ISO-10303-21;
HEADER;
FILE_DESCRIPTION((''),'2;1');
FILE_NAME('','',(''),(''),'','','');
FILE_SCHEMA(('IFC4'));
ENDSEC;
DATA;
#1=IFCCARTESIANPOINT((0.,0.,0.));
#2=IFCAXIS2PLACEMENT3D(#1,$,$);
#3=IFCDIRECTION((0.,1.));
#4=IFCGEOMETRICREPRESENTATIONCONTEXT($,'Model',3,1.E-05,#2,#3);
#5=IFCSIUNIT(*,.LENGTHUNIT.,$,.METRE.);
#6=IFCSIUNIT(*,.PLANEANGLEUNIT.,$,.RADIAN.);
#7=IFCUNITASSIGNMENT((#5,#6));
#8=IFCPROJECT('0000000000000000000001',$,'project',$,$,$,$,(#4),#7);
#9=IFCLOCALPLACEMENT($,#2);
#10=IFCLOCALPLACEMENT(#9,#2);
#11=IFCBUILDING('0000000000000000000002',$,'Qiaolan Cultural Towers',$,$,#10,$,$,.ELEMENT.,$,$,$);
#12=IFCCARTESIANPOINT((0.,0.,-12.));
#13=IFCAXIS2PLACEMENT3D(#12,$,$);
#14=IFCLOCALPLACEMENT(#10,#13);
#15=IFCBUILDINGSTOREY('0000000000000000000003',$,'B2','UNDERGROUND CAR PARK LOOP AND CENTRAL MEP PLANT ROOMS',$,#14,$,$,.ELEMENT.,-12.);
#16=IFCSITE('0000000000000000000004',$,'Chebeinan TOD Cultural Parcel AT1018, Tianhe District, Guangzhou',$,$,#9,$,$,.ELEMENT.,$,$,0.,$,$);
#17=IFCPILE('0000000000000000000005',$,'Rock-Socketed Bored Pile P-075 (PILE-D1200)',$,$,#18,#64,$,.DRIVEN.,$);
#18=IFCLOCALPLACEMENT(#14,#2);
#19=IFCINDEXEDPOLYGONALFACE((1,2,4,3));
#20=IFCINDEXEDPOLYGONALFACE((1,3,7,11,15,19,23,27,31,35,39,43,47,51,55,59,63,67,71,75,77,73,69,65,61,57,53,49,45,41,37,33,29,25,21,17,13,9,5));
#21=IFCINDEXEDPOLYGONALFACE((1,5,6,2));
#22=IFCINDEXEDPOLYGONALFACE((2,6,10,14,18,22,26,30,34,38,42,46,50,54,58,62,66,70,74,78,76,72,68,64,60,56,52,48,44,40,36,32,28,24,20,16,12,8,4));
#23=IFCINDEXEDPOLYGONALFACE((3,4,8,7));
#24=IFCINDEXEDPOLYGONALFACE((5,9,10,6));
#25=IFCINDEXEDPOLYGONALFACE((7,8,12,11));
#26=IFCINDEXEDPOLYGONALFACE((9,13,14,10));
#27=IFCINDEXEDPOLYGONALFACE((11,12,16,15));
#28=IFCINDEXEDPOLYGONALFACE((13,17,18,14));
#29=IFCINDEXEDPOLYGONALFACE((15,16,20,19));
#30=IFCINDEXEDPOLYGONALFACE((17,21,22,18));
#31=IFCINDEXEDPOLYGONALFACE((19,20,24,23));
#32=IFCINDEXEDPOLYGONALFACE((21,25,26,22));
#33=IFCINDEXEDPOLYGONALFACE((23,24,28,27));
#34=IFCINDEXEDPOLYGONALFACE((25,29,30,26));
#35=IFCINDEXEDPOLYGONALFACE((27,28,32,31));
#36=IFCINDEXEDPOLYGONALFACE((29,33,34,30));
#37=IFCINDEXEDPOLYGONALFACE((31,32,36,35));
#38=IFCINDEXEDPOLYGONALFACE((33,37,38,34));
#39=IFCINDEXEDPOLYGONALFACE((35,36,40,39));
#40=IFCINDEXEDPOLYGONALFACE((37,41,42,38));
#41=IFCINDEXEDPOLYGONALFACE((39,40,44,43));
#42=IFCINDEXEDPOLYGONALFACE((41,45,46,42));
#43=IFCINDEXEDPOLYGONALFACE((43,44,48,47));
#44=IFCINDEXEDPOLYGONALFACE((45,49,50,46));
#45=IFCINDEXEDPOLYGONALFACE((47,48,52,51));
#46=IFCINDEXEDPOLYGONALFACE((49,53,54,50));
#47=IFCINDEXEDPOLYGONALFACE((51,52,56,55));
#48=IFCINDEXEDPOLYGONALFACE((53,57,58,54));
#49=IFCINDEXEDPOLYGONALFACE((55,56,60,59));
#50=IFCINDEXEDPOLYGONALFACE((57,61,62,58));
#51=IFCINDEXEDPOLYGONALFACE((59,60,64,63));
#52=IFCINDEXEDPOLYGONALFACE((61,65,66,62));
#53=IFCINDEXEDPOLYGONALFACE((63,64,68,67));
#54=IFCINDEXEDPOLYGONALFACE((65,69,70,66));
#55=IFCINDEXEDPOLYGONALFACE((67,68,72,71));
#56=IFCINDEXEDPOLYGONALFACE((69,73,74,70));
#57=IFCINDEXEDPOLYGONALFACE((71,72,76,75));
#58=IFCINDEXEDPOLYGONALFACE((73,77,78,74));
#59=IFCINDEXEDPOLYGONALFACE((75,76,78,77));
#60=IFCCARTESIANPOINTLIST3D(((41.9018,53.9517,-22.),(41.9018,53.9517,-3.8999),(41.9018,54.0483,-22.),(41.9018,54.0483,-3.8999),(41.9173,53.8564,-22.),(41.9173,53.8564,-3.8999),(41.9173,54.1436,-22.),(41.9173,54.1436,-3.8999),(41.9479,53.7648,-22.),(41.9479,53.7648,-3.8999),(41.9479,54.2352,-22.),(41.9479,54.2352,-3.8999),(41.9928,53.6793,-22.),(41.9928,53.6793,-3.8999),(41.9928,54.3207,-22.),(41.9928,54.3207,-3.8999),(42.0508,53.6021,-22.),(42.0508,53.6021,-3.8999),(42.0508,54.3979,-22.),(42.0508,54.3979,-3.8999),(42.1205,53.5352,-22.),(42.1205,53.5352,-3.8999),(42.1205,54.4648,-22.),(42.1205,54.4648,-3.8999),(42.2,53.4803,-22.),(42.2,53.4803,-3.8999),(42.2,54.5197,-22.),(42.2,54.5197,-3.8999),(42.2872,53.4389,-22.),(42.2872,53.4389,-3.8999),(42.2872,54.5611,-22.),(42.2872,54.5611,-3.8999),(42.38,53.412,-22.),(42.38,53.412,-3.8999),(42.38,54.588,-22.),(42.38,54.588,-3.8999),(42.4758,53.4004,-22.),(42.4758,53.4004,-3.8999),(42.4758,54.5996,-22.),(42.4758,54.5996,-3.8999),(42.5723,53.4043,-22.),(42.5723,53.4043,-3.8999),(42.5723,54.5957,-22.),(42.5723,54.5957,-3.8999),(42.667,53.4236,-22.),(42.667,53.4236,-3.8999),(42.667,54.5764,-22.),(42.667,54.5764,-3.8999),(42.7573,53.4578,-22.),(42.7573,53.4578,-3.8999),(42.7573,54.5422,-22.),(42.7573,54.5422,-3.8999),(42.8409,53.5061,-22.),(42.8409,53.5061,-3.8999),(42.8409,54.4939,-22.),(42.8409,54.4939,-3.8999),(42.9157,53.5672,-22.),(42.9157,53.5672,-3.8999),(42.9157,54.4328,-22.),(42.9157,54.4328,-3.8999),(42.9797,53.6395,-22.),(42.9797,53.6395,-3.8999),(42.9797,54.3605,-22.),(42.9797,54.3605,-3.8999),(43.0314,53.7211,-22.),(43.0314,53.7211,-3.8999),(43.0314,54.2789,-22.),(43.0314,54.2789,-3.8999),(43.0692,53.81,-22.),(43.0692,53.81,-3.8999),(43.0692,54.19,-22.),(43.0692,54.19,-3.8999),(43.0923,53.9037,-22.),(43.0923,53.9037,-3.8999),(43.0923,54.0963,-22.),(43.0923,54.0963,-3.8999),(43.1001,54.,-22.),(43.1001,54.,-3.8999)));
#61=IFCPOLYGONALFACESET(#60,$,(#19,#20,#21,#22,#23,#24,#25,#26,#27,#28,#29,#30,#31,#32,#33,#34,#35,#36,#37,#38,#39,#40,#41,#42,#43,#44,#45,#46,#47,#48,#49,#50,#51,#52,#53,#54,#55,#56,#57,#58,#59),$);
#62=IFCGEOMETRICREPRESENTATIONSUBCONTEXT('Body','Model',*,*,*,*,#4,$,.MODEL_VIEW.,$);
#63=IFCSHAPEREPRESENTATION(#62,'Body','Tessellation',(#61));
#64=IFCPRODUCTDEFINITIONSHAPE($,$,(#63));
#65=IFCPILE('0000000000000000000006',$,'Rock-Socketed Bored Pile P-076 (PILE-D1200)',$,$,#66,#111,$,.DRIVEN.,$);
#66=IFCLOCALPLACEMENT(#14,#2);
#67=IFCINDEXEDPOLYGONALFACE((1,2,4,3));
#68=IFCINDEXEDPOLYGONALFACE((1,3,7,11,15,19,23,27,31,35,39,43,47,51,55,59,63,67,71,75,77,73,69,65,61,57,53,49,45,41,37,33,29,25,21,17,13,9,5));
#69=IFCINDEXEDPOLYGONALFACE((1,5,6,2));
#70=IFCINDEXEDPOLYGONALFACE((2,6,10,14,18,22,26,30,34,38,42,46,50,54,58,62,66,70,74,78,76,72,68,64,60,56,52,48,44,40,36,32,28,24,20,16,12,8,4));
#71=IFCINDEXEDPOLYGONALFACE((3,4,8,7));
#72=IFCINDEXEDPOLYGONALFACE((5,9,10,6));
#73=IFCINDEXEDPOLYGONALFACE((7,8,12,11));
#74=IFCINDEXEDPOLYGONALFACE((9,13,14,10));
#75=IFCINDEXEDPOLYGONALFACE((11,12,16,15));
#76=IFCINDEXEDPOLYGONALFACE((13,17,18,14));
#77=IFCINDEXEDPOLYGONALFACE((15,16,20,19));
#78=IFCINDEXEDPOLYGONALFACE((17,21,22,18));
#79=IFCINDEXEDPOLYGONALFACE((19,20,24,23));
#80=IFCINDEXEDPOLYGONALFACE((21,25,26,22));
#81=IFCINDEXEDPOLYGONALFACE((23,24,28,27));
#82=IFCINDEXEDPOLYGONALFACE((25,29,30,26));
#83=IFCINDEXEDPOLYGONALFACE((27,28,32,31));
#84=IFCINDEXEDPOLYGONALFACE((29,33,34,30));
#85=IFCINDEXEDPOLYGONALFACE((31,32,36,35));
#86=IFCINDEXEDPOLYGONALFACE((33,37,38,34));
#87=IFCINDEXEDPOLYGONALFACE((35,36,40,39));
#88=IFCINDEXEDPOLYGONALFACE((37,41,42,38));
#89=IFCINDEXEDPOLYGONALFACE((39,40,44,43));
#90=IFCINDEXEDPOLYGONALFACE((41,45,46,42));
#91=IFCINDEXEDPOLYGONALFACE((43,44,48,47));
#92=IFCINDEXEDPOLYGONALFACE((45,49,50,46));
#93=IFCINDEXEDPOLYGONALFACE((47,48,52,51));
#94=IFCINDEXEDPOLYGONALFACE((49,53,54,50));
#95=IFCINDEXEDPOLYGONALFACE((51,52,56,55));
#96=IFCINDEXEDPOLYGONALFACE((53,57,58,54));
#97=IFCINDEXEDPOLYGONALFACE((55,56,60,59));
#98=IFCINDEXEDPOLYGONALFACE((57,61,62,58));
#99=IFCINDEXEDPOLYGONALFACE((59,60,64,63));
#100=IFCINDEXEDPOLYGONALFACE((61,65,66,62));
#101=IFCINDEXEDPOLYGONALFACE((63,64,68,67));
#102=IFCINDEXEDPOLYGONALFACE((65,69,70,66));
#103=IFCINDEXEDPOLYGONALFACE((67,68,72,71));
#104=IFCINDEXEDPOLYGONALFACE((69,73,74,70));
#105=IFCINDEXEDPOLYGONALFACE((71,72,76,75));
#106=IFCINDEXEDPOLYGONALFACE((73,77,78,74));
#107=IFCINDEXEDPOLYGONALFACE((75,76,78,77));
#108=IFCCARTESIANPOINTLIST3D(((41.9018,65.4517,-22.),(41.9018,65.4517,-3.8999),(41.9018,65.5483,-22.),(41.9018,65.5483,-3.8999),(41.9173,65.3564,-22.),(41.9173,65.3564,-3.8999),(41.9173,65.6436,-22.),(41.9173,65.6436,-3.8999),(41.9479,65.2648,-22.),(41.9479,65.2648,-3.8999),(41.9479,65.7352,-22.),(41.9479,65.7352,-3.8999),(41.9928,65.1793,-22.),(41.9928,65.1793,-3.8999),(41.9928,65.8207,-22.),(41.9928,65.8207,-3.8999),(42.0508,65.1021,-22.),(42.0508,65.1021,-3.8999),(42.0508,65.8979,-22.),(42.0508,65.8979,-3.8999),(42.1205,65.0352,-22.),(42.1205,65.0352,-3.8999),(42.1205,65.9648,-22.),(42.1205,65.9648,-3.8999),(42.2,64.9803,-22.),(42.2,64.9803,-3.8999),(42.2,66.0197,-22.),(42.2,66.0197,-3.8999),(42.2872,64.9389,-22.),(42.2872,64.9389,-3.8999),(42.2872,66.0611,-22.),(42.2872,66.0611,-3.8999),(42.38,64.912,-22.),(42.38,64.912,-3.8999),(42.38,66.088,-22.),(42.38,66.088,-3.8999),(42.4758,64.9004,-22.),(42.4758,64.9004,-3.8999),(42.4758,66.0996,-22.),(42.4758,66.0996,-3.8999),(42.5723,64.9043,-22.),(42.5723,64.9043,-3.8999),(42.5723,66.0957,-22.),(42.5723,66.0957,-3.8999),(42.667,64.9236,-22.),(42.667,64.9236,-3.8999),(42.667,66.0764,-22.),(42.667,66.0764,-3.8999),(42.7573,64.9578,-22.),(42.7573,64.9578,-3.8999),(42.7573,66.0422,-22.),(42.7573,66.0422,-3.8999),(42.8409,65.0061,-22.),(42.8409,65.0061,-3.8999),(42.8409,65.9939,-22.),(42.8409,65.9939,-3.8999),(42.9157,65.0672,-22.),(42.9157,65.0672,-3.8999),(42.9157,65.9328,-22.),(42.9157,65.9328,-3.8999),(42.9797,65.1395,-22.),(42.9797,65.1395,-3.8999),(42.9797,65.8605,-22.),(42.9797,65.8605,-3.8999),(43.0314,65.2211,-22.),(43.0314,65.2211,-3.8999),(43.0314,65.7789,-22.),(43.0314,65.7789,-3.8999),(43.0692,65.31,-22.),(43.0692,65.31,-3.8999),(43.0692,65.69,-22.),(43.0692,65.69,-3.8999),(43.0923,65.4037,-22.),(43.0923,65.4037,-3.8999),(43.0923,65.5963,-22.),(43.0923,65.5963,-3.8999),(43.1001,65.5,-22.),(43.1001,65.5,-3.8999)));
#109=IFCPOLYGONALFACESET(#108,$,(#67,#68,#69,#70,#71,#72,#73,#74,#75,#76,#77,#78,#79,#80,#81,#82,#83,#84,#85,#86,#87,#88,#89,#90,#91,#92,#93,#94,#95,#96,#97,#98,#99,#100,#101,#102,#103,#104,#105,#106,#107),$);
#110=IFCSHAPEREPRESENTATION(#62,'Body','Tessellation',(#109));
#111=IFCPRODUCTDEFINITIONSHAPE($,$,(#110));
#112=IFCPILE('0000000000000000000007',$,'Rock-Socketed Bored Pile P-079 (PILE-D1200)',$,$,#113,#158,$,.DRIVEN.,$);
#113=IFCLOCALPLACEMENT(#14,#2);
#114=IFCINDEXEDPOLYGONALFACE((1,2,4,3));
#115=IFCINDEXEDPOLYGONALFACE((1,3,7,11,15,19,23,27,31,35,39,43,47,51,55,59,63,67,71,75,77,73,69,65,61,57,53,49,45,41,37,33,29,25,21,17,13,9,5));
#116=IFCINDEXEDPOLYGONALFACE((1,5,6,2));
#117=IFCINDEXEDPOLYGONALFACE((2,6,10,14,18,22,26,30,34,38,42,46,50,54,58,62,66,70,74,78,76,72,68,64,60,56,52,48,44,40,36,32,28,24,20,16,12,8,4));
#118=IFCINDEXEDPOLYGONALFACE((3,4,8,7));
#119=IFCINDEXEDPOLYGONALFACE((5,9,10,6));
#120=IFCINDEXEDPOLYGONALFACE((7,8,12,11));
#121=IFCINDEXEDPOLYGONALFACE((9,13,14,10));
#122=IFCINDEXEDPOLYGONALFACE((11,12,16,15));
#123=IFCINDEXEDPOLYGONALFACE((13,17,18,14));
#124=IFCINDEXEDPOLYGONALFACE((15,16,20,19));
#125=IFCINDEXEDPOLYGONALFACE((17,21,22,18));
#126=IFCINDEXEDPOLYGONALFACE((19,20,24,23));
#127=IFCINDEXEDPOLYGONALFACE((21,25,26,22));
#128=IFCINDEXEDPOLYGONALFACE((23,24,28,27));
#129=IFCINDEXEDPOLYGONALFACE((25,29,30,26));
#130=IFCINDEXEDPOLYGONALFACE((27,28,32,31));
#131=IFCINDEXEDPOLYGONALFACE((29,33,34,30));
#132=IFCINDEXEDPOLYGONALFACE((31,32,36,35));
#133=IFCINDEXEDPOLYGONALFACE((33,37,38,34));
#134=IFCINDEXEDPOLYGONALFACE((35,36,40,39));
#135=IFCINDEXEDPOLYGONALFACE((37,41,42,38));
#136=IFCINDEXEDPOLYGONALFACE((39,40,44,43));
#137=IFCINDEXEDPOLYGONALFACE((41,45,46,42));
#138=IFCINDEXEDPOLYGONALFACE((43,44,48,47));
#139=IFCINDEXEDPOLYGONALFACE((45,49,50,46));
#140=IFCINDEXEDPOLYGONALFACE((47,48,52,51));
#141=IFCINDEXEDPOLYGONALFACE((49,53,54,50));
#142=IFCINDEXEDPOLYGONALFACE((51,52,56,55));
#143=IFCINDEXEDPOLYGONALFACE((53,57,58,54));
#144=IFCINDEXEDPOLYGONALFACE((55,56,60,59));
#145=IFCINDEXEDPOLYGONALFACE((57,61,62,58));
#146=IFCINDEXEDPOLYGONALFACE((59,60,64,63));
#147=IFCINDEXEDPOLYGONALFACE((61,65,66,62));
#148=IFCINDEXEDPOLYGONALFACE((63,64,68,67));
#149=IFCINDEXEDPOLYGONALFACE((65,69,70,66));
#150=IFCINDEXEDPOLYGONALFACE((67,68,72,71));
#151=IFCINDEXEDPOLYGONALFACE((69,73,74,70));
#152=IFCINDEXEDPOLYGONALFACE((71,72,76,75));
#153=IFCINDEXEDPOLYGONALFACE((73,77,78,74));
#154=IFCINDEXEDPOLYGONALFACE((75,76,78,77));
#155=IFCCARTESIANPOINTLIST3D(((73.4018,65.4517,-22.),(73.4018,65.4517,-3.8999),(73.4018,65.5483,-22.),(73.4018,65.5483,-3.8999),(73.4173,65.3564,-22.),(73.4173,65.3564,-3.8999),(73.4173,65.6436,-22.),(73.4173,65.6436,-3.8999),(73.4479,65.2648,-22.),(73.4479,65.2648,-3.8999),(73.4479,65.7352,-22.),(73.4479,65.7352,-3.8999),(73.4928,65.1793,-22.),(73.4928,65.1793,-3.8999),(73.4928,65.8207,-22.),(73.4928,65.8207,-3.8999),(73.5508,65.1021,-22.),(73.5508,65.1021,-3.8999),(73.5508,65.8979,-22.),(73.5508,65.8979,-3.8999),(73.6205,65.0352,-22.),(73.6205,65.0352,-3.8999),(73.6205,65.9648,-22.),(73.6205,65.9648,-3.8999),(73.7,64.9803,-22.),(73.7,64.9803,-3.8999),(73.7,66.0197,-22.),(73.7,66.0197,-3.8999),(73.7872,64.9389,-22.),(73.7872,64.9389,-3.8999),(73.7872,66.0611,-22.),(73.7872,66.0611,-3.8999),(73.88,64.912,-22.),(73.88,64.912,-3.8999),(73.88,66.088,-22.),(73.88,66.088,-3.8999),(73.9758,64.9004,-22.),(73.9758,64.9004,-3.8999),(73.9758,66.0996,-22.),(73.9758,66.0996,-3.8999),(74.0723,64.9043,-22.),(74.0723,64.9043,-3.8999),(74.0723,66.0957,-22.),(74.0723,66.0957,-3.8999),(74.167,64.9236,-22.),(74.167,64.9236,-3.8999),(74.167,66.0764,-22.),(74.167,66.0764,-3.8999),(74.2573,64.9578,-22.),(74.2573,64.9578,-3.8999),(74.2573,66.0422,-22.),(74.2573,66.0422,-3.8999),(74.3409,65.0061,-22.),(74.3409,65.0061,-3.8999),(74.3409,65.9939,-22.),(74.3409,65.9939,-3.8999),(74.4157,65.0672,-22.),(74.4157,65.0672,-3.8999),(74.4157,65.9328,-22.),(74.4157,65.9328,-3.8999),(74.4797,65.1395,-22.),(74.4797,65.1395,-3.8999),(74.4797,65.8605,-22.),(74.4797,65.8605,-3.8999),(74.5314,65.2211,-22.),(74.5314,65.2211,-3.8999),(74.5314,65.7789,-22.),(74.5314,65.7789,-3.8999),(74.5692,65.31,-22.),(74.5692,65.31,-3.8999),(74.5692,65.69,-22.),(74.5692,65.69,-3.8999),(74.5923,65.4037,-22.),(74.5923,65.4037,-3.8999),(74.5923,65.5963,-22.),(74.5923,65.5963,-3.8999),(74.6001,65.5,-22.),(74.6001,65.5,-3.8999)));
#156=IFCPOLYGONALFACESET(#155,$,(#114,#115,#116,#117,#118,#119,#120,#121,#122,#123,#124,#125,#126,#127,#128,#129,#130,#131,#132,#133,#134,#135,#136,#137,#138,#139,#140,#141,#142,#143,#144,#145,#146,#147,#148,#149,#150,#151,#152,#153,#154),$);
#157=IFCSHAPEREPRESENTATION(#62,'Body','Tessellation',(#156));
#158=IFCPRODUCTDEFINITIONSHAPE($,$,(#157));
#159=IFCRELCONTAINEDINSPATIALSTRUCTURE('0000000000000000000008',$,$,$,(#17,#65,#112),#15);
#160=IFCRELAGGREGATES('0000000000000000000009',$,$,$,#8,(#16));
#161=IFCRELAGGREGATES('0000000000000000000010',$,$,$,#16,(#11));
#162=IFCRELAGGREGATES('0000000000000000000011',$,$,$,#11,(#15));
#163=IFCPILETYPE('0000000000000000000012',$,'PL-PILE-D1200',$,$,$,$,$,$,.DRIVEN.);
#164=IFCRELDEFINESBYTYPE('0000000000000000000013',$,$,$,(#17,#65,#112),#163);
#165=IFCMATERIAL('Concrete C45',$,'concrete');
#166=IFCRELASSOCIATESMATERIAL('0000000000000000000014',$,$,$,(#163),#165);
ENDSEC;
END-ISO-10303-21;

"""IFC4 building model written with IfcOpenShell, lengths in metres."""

from ifc_helpers import new_model, si_unit, direction, frame, origin, origin_2d, place, context, subcontext, project, spatial, circle, extrude, material, material_profile, profile_set, type_object, element, save


model = new_model("IFC4")

# Units and contexts
model_context = context("Model", 3, precision=1e-05, world=origin(), true_north=direction((0.0, 1.0)))
body_context = subcontext(model_context, "Body", "Model", "MODEL_VIEW")
ifc_project = project(units=[si_unit("LENGTHUNIT", "METRE"), si_unit("PLANEANGLEUNIT", "RADIAN")], contexts=[model_context])

# Site, building, storey
site_placement = place(None, origin())
site = spatial("IfcSite", under=ifc_project, at=site_placement, Name="Chebeinan TOD Cultural Parcel AT1018, Tianhe District, Guangzhou", CompositionType="ELEMENT", RefElevation=0.0)
building_placement = place(site_placement, origin())
building = spatial("IfcBuilding", under=site, at=building_placement, Name="Qiaolan Cultural Towers", CompositionType="ELEMENT")
storey_placement = place(building_placement, frame((0.0, 0.0, -12.0)))
storey = spatial("IfcBuildingStorey", under=building, at=storey_placement, Name="B2", Description="UNDERGROUND CAR PARK LOOP AND CENTRAL MEP PLANT ROOMS", CompositionType="ELEMENT", Elevation=-12.0)

# Piles
ifc_material_1 = material(Name="Concrete C45", Category="concrete")
ifc_material_profile_1 = material_profile(ifc_material_1, circle(Radius=0.6001, at=origin_2d()), Name="PILE-D1200")
ifc_profile_set_1 = profile_set([ifc_material_profile_1], Name="Concrete C45")
pile_type_1 = type_object("IfcPileType", Name="PL-PILE-D1200", PredefinedType="DRIVEN", material=ifc_profile_set_1)
for number, where, z_axis, x_axis, name in (
    (1, (42.5, 54.0, -3.8999), (0.0, 0.0, -1.0), (1.0, 0.0, 0.0), "Rock-Socketed Bored Pile P-075 (PILE-D1200)"),
    (2, (42.5, 65.5, -3.8999), (0.0, 0.0, -1.0), (1.0, 0.0, 0.0), "Rock-Socketed Bored Pile P-076 (PILE-D1200)"),
    (3, (74.0, 65.5, -3.8999), (0.0, 0.0, -1.0), (1.0, 0.0, 0.0), "Rock-Socketed Bored Pile P-079 (PILE-D1200)"),
):
    element("IfcPile", number, at=place(storey_placement, frame(where, z_axis=z_axis, x_axis=x_axis)), inside=storey, type_object=pile_type_1, Name=name, PredefinedType="DRIVEN", context=body_context, shape_type="SweptSolid", body=[
        extrude(circle(Radius=0.6001, at=origin_2d()), origin(), (0.0, 0.0, 1.0), 18.1001),
    ])

save(model, "model.ifc")
